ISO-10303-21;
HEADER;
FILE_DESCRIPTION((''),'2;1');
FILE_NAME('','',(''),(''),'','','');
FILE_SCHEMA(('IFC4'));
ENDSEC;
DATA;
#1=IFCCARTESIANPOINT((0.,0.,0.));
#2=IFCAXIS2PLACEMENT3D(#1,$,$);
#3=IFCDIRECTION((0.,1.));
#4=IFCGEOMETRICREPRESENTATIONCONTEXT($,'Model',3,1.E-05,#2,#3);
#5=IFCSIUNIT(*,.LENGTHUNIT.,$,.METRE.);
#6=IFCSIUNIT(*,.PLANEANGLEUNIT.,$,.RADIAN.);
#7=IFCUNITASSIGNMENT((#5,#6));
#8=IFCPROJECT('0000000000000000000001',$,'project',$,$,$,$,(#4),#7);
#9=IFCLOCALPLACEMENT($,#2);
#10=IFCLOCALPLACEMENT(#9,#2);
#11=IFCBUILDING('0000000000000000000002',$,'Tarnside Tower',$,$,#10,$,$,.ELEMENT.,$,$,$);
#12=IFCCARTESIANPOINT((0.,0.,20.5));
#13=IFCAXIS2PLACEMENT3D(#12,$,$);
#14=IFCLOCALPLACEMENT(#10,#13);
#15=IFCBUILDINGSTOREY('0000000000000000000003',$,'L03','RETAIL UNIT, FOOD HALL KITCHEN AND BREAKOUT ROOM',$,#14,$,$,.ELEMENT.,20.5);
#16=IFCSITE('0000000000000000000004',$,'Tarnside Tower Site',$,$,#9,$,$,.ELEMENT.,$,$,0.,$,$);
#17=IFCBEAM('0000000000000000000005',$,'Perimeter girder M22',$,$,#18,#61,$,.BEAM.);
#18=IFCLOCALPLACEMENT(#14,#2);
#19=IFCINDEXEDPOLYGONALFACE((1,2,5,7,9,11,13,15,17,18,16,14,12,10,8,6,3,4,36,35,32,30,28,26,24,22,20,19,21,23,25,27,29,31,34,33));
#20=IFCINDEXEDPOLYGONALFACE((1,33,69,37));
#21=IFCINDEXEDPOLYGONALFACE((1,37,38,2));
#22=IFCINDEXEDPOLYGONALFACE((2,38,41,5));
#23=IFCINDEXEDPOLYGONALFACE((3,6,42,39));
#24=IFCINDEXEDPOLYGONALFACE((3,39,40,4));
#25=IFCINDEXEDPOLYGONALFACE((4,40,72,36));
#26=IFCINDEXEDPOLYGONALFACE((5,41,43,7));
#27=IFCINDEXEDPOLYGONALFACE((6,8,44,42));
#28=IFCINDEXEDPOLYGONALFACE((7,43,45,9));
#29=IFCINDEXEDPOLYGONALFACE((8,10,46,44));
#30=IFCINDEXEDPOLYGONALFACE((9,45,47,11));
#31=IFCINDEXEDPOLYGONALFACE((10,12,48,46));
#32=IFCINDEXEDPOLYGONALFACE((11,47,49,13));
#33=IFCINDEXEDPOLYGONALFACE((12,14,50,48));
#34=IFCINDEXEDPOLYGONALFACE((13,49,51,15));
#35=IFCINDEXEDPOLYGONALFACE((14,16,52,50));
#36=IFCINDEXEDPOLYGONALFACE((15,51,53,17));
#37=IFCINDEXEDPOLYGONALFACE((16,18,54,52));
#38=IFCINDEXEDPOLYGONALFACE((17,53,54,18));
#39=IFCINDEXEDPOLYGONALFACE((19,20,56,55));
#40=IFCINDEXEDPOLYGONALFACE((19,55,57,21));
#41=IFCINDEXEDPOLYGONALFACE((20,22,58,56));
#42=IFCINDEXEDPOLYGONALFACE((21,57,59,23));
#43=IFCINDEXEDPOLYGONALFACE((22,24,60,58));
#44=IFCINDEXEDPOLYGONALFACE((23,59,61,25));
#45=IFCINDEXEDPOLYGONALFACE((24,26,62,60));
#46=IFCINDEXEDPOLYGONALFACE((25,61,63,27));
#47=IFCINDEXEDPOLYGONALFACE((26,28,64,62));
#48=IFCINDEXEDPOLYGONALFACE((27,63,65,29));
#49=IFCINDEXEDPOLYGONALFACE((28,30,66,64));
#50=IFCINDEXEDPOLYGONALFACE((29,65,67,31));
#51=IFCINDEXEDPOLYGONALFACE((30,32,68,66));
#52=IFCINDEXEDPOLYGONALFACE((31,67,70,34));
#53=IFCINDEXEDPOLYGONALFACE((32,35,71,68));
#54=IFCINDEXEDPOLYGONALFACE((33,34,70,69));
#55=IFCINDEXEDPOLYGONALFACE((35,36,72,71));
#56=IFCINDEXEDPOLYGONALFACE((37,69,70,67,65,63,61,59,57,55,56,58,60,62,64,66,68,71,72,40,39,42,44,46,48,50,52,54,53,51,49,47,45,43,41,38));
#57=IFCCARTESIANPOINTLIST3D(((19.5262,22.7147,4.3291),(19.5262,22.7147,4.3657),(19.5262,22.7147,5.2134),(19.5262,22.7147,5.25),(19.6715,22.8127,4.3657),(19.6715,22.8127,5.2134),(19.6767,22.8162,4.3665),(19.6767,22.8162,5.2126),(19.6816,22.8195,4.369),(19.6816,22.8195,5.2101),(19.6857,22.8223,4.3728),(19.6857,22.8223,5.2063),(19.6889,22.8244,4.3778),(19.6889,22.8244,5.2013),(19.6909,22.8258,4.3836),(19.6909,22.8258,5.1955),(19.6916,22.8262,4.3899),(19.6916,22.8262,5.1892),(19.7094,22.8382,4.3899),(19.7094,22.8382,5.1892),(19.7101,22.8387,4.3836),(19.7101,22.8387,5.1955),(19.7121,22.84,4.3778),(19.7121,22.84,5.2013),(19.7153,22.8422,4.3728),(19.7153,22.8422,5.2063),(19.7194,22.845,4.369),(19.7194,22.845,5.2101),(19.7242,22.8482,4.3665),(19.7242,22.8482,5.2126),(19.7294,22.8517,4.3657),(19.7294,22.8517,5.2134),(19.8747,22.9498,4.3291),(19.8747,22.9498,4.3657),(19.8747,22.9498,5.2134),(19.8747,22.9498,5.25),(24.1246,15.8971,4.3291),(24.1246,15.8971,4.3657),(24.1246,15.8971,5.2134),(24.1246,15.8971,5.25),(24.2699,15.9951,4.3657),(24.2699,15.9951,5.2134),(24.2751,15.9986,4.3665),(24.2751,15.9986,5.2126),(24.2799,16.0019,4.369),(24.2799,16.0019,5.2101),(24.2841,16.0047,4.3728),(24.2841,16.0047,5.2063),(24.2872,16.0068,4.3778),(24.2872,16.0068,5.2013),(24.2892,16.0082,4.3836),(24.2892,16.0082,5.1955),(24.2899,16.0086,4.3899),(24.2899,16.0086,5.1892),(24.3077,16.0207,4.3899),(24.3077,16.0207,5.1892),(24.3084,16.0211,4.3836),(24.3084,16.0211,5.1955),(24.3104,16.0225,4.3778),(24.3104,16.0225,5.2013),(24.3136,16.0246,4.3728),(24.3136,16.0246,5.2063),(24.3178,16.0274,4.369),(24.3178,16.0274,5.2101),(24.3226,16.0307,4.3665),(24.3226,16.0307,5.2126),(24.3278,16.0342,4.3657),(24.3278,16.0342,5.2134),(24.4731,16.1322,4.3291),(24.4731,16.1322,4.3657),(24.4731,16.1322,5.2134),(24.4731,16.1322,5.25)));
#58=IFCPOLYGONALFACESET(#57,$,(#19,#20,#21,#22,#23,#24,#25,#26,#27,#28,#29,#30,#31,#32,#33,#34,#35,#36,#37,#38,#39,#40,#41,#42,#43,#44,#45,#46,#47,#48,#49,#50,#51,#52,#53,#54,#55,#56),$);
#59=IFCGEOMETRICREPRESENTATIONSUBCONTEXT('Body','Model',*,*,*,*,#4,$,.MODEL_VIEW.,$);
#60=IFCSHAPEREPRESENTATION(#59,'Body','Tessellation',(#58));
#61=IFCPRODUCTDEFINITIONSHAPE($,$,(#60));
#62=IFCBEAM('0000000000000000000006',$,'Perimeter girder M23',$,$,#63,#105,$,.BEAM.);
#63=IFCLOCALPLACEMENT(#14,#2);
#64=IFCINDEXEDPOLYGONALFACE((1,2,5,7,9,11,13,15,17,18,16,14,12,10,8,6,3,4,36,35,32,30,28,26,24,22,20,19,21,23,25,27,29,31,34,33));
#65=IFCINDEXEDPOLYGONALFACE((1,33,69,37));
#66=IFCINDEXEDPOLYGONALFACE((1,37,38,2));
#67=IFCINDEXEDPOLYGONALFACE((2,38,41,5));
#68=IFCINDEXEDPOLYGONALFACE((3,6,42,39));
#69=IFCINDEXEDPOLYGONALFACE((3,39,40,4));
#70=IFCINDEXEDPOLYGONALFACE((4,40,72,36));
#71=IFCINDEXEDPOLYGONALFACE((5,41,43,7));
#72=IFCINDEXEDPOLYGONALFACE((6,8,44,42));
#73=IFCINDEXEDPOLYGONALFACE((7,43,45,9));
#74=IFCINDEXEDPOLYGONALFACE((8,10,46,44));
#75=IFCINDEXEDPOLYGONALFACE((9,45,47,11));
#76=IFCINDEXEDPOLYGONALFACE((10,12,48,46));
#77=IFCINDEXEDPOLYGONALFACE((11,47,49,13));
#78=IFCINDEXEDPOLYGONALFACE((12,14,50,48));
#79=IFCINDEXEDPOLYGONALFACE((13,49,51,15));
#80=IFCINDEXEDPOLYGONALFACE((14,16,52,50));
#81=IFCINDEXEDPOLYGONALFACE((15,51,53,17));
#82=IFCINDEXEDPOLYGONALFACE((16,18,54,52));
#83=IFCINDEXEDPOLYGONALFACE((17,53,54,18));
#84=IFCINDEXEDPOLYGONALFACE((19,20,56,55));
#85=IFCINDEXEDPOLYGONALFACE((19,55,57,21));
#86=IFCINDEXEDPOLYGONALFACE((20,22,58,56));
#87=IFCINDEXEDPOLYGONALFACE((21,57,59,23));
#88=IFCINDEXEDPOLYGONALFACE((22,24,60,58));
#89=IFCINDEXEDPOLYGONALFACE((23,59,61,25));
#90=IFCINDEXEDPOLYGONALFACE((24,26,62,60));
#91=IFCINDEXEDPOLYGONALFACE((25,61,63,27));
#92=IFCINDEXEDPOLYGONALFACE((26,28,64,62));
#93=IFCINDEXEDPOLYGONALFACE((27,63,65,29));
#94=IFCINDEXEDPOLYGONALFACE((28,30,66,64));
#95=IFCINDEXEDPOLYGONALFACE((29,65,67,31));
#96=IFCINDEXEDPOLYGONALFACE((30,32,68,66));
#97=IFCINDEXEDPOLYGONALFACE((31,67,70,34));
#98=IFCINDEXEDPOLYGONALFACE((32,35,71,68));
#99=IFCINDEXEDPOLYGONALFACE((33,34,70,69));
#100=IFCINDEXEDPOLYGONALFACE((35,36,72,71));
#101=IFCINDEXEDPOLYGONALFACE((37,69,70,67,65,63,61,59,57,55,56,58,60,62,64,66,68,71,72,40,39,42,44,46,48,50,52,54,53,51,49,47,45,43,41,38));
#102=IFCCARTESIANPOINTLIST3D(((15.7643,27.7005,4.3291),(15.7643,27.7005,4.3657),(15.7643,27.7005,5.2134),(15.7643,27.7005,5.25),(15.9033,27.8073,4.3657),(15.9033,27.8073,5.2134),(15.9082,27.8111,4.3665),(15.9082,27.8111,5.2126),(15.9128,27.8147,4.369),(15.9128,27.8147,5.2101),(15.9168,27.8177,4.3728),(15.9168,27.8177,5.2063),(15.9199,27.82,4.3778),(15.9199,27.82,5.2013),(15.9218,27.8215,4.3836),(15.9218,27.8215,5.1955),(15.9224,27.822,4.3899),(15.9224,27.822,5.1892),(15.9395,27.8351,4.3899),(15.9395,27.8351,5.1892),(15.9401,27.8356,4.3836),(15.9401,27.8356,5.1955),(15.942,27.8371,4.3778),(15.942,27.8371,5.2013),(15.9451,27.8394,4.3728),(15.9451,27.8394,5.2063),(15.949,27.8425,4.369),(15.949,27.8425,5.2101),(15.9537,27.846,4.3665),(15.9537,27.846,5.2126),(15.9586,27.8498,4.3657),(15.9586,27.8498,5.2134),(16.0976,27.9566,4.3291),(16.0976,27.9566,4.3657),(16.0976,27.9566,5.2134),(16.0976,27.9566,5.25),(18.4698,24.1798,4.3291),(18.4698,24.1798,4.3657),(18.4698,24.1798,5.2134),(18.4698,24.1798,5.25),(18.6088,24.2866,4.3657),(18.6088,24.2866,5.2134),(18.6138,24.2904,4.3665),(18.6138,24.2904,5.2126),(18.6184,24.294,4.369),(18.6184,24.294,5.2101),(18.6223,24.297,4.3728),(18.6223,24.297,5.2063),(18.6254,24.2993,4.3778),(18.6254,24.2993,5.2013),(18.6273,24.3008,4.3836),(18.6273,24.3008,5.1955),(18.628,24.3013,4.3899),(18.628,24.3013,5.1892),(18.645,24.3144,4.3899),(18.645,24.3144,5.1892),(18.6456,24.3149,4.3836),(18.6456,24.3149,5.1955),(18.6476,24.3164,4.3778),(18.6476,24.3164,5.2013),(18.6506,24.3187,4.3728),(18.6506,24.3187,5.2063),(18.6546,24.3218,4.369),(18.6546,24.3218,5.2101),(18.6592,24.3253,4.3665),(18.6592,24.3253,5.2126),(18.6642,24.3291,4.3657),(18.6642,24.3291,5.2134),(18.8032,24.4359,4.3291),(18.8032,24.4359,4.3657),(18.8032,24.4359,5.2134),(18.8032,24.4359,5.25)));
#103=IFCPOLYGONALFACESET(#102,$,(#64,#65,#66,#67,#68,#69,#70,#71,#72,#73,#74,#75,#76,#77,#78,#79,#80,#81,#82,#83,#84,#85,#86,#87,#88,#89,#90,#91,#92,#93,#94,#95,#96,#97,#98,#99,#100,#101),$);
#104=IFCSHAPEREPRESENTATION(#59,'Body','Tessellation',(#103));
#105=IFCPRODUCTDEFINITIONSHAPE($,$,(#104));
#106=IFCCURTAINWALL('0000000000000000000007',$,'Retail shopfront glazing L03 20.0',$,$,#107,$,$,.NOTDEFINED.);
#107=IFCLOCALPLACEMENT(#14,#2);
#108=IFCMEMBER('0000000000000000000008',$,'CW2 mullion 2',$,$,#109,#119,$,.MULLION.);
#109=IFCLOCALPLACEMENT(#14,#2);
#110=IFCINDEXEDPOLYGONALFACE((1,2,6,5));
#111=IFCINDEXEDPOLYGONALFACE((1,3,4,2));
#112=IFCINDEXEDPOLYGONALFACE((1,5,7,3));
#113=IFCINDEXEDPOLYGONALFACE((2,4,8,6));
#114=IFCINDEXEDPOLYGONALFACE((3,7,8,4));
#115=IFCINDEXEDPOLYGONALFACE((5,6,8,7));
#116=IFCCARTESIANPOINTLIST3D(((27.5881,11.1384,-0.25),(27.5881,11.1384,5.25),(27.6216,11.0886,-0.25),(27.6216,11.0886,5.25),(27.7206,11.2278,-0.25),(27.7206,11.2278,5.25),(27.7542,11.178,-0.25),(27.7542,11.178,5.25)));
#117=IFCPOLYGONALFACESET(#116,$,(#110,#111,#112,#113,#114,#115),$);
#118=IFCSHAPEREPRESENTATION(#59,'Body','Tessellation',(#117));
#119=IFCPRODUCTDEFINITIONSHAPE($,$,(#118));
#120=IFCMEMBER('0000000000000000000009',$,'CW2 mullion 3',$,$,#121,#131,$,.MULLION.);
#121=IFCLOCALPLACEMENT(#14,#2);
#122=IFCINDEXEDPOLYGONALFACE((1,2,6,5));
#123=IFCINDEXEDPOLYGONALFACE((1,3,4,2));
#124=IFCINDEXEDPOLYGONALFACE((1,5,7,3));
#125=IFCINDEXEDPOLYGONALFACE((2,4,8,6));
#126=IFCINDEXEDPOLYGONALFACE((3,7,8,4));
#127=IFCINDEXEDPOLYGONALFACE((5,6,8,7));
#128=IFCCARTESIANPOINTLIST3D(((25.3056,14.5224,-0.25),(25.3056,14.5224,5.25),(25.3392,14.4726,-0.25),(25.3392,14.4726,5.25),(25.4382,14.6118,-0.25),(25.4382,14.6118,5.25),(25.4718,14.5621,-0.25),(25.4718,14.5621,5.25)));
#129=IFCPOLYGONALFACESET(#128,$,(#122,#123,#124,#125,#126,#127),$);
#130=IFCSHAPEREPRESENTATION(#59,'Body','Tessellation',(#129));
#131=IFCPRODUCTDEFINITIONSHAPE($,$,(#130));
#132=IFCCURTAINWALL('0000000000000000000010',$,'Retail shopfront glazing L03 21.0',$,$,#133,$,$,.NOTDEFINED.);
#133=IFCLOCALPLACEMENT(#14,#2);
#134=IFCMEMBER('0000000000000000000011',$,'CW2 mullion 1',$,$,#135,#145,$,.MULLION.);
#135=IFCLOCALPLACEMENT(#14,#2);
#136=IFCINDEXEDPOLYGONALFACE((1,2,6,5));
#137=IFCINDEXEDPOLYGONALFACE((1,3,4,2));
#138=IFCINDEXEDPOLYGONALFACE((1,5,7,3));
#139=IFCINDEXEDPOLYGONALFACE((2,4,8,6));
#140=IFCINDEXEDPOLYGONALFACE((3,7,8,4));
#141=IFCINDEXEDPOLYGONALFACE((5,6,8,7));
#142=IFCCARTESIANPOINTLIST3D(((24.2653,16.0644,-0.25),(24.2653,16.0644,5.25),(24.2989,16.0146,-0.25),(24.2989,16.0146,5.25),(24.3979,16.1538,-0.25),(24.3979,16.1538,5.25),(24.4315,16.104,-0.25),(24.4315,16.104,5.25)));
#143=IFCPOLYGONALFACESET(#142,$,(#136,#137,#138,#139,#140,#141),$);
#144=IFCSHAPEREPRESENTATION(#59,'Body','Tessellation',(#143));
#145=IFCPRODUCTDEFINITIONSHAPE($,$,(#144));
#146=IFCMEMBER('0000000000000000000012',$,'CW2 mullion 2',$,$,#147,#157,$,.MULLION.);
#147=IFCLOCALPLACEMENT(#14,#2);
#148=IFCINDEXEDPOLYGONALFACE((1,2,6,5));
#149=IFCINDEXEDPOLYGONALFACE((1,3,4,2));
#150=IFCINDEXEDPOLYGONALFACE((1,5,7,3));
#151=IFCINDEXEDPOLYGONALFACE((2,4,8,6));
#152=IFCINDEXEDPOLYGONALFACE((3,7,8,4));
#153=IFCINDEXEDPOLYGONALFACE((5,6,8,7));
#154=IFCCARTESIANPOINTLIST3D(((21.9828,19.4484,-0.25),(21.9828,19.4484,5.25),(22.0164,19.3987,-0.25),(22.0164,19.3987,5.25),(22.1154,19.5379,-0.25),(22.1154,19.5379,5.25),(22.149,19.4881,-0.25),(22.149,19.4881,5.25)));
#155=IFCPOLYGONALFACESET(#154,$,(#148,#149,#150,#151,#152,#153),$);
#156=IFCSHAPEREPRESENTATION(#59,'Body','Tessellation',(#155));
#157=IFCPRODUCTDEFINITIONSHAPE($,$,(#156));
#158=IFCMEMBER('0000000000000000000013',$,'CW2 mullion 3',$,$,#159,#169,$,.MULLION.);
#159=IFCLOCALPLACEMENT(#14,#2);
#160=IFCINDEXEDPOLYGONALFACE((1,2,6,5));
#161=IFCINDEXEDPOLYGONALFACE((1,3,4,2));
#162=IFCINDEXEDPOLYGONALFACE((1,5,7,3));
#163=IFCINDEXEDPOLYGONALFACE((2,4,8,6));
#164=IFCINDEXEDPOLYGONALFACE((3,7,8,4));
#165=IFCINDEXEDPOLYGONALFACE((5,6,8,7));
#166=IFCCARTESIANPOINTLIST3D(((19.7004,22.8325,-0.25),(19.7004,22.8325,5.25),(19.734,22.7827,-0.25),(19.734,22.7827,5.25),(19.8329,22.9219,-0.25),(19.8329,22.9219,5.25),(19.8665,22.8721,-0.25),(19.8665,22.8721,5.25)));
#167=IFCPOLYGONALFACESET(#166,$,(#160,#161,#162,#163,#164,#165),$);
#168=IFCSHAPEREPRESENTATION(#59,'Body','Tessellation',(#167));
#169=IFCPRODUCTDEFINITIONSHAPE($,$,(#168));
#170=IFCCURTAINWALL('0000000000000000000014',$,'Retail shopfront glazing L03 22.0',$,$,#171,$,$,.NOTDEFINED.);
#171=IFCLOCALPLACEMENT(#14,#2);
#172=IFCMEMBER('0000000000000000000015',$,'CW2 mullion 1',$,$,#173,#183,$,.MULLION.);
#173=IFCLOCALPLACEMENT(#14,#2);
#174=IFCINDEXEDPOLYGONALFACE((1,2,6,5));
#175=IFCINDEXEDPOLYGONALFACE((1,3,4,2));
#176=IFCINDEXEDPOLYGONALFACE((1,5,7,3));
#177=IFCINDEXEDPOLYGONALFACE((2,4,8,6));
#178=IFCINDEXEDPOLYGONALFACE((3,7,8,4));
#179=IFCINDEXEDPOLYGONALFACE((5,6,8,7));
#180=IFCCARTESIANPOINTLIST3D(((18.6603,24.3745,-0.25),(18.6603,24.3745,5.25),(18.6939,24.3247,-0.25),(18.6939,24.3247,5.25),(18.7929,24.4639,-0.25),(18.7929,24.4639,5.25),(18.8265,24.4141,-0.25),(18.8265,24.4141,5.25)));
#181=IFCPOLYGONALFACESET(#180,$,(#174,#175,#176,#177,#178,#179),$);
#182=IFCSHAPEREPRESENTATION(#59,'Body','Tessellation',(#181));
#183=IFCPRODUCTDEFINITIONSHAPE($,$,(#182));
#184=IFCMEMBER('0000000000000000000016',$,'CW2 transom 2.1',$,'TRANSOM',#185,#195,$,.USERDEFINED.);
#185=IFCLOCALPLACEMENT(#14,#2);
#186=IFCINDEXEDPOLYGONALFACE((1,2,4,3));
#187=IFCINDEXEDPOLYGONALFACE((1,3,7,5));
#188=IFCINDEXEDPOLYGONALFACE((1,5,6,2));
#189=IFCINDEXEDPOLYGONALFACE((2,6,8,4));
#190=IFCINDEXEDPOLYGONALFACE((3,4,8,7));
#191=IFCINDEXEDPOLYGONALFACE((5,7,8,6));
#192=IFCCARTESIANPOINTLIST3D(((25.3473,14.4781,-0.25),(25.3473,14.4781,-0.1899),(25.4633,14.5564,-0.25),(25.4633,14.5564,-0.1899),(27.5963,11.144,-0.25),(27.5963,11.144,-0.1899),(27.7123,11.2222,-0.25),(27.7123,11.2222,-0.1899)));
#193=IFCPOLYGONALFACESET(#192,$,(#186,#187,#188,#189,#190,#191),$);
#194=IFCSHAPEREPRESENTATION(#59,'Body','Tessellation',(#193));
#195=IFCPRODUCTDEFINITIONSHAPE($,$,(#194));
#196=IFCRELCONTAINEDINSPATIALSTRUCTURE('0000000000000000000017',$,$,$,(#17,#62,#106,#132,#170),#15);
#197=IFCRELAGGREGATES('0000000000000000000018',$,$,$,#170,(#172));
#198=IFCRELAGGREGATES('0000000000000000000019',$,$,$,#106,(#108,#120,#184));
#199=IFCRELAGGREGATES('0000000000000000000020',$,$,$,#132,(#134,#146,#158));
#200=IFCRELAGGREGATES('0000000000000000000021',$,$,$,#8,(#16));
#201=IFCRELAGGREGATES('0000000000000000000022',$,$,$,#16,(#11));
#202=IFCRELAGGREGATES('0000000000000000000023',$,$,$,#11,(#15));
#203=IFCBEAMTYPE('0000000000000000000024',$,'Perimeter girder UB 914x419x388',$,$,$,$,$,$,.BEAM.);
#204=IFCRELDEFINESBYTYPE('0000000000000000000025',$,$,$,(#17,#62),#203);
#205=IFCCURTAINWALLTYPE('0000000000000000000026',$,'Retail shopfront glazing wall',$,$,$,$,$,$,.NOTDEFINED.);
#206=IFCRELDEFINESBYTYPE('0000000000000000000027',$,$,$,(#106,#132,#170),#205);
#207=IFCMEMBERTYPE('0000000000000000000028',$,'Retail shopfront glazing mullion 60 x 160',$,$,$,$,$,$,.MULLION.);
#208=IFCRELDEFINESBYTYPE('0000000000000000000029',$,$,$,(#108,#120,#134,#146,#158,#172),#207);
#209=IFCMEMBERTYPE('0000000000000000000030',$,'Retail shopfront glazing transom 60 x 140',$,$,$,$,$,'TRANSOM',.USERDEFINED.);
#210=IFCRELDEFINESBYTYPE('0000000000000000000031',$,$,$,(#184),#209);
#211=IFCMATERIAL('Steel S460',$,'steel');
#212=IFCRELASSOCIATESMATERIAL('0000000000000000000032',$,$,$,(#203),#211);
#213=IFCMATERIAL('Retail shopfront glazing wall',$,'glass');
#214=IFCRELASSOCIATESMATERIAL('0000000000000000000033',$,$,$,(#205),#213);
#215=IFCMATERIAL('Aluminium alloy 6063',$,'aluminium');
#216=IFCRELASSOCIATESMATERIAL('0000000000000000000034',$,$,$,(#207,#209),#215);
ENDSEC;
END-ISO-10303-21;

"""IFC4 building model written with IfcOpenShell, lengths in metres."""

from ifc_helpers import new_model, si_unit, direction, frame, origin, origin_2d, place, context, subcontext, project, spatial, rectangle, i_section, extrude, material, material_profile, profile_set, type_object, element, aggregate, save


model = new_model("IFC4")

# Units and contexts
model_context = context("Model", 3, precision=1e-05, world=origin(), true_north=direction((0.0, 1.0)))
body_context = subcontext(model_context, "Body", "Model", "MODEL_VIEW")
ifc_project = project(units=[si_unit("LENGTHUNIT", "METRE"), si_unit("PLANEANGLEUNIT", "RADIAN")], contexts=[model_context])

# Site, building, storey
site_placement = place(None, origin())
site = spatial("IfcSite", under=ifc_project, at=site_placement, Name="Tarnside Tower Site", CompositionType="ELEMENT", RefElevation=0.0)
building_placement = place(site_placement, origin())
building = spatial("IfcBuilding", under=site, at=building_placement, Name="Tarnside Tower", CompositionType="ELEMENT")
storey_placement = place(building_placement, frame((0.0, 0.0, 20.5)))
storey = spatial("IfcBuildingStorey", under=building, at=storey_placement, Name="L03", Description="RETAIL UNIT, FOOD HALL KITCHEN AND BREAKOUT ROOM", CompositionType="ELEMENT", Elevation=20.5)

# Shared definitions
ifc_material_1 = material(Name="Steel S460", Category="steel")

# Beams
ifc_material_profile_1 = material_profile(ifc_material_1, i_section(OverallWidth=0.4204, OverallDepth=0.9209, WebThickness=0.0215, FlangeThickness=0.0366, FilletRadius=0.0242, at=origin_2d()), Name="UB 914x419x388")
ifc_profile_set_1 = profile_set([ifc_material_profile_1], Name="Steel S460")
beam_type_1 = type_object("IfcBeamType", Name="Perimeter girder UB 914x419x388", PredefinedType="BEAM", material=ifc_profile_set_1)
beam_1_placement = place(storey_placement, frame((24.2988, 16.0146, 4.7896), z_axis=(-0.55918, 0.829047, 0.0), x_axis=(-0.829047, -0.55918, 0.0)))
element("IfcBeam", 1, at=beam_1_placement, inside=storey, type_object=beam_type_1, Name="Perimeter girder M22", PredefinedType="BEAM", context=body_context, shape_type="SweptSolid", body=[
    extrude(i_section(OverallWidth=0.4204, OverallDepth=0.9209, WebThickness=0.0215, FlangeThickness=0.0366, FilletRadius=0.0242, at=origin_2d()), origin(), (0.0, 0.0, 1.0), 8.2234),
])
beam_2_placement = place(storey_placement, frame((18.6365, 24.3079, 4.7896), z_axis=(-0.609328, 0.792918, 0.0), x_axis=(-0.792918, -0.609328, 0.0)))
element("IfcBeam", 2, at=beam_2_placement, inside=storey, type_object=beam_type_1, Name="Perimeter girder M23", PredefinedType="BEAM", context=body_context, shape_type="SweptSolid", body=[
    extrude(i_section(OverallWidth=0.4204, OverallDepth=0.9209, WebThickness=0.0215, FlangeThickness=0.0366, FilletRadius=0.0242, at=origin_2d()), origin(), (0.0, 0.0, 1.0), 4.4402),
])

# Curtain walls, members
ifc_material_2 = material(Name="Retail shopfront glazing wall", Category="glass")
curtain_wall_type = type_object("IfcCurtainWallType", Name="Retail shopfront glazing wall", PredefinedType="NOTDEFINED", material=ifc_material_2)
curtain_wall_1_placement = place(storey_placement, origin())
curtain_wall_1 = element("IfcCurtainWall", 3, at=curtain_wall_1_placement, inside=storey, type_object=curtain_wall_type, Name="Retail shopfront glazing L03 20.0", PredefinedType="NOTDEFINED")
ifc_material_3 = material(Name="Aluminium alloy 6063", Category="aluminium")
ifc_material_profile_2 = material_profile(ifc_material_3, rectangle(XDim=0.1599, YDim=0.0601, at=origin_2d()), Name="Retail shopfront glazing mullion 60 x 160")
ifc_profile_set_2 = profile_set([ifc_material_profile_2], Name="Aluminium alloy 6063")
member_type_1 = type_object("IfcMemberType", Name="Retail shopfront glazing mullion 60 x 160", PredefinedType="MULLION", material=ifc_profile_set_2)
member_1_placement = place(storey_placement, frame((27.6711, 11.1582, -0.25), z_axis=(0.0, 0.0, 1.0), x_axis=(-0.829038, -0.559193, 0.0)))
member_1 = element("IfcMember", 4, at=member_1_placement, type_object=member_type_1, Name="CW2 mullion 2", PredefinedType="MULLION", context=body_context, shape_type="SweptSolid", body=[
    extrude(rectangle(XDim=0.1599, YDim=0.0601, at=origin_2d()), origin(), (0.0, 0.0, 1.0), 5.5),
])
member_2_placement = place(storey_placement, frame((25.3887, 14.5422, -0.25), z_axis=(0.0, 0.0, 1.0), x_axis=(-0.829038, -0.559193, 0.0)))
member_2 = element("IfcMember", 5, at=member_2_placement, type_object=member_type_1, Name="CW2 mullion 3", PredefinedType="MULLION", context=body_context, shape_type="SweptSolid", body=[
    extrude(rectangle(XDim=0.1599, YDim=0.0601, at=origin_2d()), origin(), (0.0, 0.0, 1.0), 5.5),
])
curtain_wall_2_placement = place(storey_placement, origin())
curtain_wall_2 = element("IfcCurtainWall", 6, at=curtain_wall_2_placement, inside=storey, type_object=curtain_wall_type, Name="Retail shopfront glazing L03 21.0", PredefinedType="NOTDEFINED")
member_3_placement = place(storey_placement, frame((24.3484, 16.0842, -0.25), z_axis=(0.0, 0.0, 1.0), x_axis=(-0.829038, -0.559193, 0.0)))
member_3 = element("IfcMember", 7, at=member_3_placement, type_object=member_type_1, Name="CW2 mullion 1", PredefinedType="MULLION", context=body_context, shape_type="SweptSolid", body=[
    extrude(rectangle(XDim=0.1599, YDim=0.0601, at=origin_2d()), origin(), (0.0, 0.0, 1.0), 5.5),
])
member_4_placement = place(storey_placement, frame((22.0659, 19.4683, -0.25), z_axis=(0.0, 0.0, 1.0), x_axis=(-0.829038, -0.559193, 0.0)))
member_4 = element("IfcMember", 8, at=member_4_placement, type_object=member_type_1, Name="CW2 mullion 2", PredefinedType="MULLION", context=body_context, shape_type="SweptSolid", body=[
    extrude(rectangle(XDim=0.1599, YDim=0.0601, at=origin_2d()), origin(), (0.0, 0.0, 1.0), 5.5),
])
member_5_placement = place(storey_placement, frame((19.7834, 22.8523, -0.25), z_axis=(0.0, 0.0, 1.0), x_axis=(-0.829038, -0.559193, 0.0)))
member_5 = element("IfcMember", 9, at=member_5_placement, type_object=member_type_1, Name="CW2 mullion 3", PredefinedType="MULLION", context=body_context, shape_type="SweptSolid", body=[
    extrude(rectangle(XDim=0.1599, YDim=0.0601, at=origin_2d()), origin(), (0.0, 0.0, 1.0), 5.5),
])

# Curtain wall, member
curtain_wall_3_placement = place(storey_placement, origin())
curtain_wall_3 = element("IfcCurtainWall", 10, at=curtain_wall_3_placement, inside=storey, type_object=curtain_wall_type, Name="Retail shopfront glazing L03 22.0", PredefinedType="NOTDEFINED")
member_6_placement = place(storey_placement, frame((18.7434, 24.3943, -0.25), z_axis=(0.0, 0.0, 1.0), x_axis=(-0.829038, -0.559193, 0.0)))
member_6 = element("IfcMember", 11, at=member_6_placement, type_object=member_type_1, Name="CW2 mullion 1", PredefinedType="MULLION", context=body_context, shape_type="SweptSolid", body=[
    extrude(rectangle(XDim=0.1599, YDim=0.0601, at=origin_2d()), origin(), (0.0, 0.0, 1.0), 5.5),
])

# Member
ifc_material_profile_3 = material_profile(ifc_material_3, rectangle(XDim=0.1399, YDim=0.0601, at=origin_2d()), Name="Retail shopfront glazing transom 60 x 140")
ifc_profile_set_3 = profile_set([ifc_material_profile_3], Name="Aluminium alloy 6063")
member_type_2 = type_object("IfcMemberType", Name="Retail shopfront glazing transom 60 x 140", ElementType="TRANSOM", PredefinedType="USERDEFINED", material=ifc_profile_set_3)
member_7_placement = place(storey_placement, frame((27.6543, 11.1831, -0.22), z_axis=(-0.559203, 0.829031, 0.0), x_axis=(-0.829031, -0.559203, 0.0)))
member_7 = element("IfcMember", 12, at=member_7_placement, type_object=member_type_2, Name="CW2 transom 2.1", ObjectType="TRANSOM", PredefinedType="USERDEFINED", context=body_context, shape_type="SweptSolid", body=[
    extrude(rectangle(XDim=0.1399, YDim=0.0601, at=origin_2d()), origin(), (0.0, 0.0, 1.0), 4.0217),
])
aggregate(curtain_wall_3, [member_6])

aggregate(curtain_wall_1, [member_1, member_2, member_7])
aggregate(curtain_wall_2, [member_3, member_4, member_5])

save(model, "model.ifc")
